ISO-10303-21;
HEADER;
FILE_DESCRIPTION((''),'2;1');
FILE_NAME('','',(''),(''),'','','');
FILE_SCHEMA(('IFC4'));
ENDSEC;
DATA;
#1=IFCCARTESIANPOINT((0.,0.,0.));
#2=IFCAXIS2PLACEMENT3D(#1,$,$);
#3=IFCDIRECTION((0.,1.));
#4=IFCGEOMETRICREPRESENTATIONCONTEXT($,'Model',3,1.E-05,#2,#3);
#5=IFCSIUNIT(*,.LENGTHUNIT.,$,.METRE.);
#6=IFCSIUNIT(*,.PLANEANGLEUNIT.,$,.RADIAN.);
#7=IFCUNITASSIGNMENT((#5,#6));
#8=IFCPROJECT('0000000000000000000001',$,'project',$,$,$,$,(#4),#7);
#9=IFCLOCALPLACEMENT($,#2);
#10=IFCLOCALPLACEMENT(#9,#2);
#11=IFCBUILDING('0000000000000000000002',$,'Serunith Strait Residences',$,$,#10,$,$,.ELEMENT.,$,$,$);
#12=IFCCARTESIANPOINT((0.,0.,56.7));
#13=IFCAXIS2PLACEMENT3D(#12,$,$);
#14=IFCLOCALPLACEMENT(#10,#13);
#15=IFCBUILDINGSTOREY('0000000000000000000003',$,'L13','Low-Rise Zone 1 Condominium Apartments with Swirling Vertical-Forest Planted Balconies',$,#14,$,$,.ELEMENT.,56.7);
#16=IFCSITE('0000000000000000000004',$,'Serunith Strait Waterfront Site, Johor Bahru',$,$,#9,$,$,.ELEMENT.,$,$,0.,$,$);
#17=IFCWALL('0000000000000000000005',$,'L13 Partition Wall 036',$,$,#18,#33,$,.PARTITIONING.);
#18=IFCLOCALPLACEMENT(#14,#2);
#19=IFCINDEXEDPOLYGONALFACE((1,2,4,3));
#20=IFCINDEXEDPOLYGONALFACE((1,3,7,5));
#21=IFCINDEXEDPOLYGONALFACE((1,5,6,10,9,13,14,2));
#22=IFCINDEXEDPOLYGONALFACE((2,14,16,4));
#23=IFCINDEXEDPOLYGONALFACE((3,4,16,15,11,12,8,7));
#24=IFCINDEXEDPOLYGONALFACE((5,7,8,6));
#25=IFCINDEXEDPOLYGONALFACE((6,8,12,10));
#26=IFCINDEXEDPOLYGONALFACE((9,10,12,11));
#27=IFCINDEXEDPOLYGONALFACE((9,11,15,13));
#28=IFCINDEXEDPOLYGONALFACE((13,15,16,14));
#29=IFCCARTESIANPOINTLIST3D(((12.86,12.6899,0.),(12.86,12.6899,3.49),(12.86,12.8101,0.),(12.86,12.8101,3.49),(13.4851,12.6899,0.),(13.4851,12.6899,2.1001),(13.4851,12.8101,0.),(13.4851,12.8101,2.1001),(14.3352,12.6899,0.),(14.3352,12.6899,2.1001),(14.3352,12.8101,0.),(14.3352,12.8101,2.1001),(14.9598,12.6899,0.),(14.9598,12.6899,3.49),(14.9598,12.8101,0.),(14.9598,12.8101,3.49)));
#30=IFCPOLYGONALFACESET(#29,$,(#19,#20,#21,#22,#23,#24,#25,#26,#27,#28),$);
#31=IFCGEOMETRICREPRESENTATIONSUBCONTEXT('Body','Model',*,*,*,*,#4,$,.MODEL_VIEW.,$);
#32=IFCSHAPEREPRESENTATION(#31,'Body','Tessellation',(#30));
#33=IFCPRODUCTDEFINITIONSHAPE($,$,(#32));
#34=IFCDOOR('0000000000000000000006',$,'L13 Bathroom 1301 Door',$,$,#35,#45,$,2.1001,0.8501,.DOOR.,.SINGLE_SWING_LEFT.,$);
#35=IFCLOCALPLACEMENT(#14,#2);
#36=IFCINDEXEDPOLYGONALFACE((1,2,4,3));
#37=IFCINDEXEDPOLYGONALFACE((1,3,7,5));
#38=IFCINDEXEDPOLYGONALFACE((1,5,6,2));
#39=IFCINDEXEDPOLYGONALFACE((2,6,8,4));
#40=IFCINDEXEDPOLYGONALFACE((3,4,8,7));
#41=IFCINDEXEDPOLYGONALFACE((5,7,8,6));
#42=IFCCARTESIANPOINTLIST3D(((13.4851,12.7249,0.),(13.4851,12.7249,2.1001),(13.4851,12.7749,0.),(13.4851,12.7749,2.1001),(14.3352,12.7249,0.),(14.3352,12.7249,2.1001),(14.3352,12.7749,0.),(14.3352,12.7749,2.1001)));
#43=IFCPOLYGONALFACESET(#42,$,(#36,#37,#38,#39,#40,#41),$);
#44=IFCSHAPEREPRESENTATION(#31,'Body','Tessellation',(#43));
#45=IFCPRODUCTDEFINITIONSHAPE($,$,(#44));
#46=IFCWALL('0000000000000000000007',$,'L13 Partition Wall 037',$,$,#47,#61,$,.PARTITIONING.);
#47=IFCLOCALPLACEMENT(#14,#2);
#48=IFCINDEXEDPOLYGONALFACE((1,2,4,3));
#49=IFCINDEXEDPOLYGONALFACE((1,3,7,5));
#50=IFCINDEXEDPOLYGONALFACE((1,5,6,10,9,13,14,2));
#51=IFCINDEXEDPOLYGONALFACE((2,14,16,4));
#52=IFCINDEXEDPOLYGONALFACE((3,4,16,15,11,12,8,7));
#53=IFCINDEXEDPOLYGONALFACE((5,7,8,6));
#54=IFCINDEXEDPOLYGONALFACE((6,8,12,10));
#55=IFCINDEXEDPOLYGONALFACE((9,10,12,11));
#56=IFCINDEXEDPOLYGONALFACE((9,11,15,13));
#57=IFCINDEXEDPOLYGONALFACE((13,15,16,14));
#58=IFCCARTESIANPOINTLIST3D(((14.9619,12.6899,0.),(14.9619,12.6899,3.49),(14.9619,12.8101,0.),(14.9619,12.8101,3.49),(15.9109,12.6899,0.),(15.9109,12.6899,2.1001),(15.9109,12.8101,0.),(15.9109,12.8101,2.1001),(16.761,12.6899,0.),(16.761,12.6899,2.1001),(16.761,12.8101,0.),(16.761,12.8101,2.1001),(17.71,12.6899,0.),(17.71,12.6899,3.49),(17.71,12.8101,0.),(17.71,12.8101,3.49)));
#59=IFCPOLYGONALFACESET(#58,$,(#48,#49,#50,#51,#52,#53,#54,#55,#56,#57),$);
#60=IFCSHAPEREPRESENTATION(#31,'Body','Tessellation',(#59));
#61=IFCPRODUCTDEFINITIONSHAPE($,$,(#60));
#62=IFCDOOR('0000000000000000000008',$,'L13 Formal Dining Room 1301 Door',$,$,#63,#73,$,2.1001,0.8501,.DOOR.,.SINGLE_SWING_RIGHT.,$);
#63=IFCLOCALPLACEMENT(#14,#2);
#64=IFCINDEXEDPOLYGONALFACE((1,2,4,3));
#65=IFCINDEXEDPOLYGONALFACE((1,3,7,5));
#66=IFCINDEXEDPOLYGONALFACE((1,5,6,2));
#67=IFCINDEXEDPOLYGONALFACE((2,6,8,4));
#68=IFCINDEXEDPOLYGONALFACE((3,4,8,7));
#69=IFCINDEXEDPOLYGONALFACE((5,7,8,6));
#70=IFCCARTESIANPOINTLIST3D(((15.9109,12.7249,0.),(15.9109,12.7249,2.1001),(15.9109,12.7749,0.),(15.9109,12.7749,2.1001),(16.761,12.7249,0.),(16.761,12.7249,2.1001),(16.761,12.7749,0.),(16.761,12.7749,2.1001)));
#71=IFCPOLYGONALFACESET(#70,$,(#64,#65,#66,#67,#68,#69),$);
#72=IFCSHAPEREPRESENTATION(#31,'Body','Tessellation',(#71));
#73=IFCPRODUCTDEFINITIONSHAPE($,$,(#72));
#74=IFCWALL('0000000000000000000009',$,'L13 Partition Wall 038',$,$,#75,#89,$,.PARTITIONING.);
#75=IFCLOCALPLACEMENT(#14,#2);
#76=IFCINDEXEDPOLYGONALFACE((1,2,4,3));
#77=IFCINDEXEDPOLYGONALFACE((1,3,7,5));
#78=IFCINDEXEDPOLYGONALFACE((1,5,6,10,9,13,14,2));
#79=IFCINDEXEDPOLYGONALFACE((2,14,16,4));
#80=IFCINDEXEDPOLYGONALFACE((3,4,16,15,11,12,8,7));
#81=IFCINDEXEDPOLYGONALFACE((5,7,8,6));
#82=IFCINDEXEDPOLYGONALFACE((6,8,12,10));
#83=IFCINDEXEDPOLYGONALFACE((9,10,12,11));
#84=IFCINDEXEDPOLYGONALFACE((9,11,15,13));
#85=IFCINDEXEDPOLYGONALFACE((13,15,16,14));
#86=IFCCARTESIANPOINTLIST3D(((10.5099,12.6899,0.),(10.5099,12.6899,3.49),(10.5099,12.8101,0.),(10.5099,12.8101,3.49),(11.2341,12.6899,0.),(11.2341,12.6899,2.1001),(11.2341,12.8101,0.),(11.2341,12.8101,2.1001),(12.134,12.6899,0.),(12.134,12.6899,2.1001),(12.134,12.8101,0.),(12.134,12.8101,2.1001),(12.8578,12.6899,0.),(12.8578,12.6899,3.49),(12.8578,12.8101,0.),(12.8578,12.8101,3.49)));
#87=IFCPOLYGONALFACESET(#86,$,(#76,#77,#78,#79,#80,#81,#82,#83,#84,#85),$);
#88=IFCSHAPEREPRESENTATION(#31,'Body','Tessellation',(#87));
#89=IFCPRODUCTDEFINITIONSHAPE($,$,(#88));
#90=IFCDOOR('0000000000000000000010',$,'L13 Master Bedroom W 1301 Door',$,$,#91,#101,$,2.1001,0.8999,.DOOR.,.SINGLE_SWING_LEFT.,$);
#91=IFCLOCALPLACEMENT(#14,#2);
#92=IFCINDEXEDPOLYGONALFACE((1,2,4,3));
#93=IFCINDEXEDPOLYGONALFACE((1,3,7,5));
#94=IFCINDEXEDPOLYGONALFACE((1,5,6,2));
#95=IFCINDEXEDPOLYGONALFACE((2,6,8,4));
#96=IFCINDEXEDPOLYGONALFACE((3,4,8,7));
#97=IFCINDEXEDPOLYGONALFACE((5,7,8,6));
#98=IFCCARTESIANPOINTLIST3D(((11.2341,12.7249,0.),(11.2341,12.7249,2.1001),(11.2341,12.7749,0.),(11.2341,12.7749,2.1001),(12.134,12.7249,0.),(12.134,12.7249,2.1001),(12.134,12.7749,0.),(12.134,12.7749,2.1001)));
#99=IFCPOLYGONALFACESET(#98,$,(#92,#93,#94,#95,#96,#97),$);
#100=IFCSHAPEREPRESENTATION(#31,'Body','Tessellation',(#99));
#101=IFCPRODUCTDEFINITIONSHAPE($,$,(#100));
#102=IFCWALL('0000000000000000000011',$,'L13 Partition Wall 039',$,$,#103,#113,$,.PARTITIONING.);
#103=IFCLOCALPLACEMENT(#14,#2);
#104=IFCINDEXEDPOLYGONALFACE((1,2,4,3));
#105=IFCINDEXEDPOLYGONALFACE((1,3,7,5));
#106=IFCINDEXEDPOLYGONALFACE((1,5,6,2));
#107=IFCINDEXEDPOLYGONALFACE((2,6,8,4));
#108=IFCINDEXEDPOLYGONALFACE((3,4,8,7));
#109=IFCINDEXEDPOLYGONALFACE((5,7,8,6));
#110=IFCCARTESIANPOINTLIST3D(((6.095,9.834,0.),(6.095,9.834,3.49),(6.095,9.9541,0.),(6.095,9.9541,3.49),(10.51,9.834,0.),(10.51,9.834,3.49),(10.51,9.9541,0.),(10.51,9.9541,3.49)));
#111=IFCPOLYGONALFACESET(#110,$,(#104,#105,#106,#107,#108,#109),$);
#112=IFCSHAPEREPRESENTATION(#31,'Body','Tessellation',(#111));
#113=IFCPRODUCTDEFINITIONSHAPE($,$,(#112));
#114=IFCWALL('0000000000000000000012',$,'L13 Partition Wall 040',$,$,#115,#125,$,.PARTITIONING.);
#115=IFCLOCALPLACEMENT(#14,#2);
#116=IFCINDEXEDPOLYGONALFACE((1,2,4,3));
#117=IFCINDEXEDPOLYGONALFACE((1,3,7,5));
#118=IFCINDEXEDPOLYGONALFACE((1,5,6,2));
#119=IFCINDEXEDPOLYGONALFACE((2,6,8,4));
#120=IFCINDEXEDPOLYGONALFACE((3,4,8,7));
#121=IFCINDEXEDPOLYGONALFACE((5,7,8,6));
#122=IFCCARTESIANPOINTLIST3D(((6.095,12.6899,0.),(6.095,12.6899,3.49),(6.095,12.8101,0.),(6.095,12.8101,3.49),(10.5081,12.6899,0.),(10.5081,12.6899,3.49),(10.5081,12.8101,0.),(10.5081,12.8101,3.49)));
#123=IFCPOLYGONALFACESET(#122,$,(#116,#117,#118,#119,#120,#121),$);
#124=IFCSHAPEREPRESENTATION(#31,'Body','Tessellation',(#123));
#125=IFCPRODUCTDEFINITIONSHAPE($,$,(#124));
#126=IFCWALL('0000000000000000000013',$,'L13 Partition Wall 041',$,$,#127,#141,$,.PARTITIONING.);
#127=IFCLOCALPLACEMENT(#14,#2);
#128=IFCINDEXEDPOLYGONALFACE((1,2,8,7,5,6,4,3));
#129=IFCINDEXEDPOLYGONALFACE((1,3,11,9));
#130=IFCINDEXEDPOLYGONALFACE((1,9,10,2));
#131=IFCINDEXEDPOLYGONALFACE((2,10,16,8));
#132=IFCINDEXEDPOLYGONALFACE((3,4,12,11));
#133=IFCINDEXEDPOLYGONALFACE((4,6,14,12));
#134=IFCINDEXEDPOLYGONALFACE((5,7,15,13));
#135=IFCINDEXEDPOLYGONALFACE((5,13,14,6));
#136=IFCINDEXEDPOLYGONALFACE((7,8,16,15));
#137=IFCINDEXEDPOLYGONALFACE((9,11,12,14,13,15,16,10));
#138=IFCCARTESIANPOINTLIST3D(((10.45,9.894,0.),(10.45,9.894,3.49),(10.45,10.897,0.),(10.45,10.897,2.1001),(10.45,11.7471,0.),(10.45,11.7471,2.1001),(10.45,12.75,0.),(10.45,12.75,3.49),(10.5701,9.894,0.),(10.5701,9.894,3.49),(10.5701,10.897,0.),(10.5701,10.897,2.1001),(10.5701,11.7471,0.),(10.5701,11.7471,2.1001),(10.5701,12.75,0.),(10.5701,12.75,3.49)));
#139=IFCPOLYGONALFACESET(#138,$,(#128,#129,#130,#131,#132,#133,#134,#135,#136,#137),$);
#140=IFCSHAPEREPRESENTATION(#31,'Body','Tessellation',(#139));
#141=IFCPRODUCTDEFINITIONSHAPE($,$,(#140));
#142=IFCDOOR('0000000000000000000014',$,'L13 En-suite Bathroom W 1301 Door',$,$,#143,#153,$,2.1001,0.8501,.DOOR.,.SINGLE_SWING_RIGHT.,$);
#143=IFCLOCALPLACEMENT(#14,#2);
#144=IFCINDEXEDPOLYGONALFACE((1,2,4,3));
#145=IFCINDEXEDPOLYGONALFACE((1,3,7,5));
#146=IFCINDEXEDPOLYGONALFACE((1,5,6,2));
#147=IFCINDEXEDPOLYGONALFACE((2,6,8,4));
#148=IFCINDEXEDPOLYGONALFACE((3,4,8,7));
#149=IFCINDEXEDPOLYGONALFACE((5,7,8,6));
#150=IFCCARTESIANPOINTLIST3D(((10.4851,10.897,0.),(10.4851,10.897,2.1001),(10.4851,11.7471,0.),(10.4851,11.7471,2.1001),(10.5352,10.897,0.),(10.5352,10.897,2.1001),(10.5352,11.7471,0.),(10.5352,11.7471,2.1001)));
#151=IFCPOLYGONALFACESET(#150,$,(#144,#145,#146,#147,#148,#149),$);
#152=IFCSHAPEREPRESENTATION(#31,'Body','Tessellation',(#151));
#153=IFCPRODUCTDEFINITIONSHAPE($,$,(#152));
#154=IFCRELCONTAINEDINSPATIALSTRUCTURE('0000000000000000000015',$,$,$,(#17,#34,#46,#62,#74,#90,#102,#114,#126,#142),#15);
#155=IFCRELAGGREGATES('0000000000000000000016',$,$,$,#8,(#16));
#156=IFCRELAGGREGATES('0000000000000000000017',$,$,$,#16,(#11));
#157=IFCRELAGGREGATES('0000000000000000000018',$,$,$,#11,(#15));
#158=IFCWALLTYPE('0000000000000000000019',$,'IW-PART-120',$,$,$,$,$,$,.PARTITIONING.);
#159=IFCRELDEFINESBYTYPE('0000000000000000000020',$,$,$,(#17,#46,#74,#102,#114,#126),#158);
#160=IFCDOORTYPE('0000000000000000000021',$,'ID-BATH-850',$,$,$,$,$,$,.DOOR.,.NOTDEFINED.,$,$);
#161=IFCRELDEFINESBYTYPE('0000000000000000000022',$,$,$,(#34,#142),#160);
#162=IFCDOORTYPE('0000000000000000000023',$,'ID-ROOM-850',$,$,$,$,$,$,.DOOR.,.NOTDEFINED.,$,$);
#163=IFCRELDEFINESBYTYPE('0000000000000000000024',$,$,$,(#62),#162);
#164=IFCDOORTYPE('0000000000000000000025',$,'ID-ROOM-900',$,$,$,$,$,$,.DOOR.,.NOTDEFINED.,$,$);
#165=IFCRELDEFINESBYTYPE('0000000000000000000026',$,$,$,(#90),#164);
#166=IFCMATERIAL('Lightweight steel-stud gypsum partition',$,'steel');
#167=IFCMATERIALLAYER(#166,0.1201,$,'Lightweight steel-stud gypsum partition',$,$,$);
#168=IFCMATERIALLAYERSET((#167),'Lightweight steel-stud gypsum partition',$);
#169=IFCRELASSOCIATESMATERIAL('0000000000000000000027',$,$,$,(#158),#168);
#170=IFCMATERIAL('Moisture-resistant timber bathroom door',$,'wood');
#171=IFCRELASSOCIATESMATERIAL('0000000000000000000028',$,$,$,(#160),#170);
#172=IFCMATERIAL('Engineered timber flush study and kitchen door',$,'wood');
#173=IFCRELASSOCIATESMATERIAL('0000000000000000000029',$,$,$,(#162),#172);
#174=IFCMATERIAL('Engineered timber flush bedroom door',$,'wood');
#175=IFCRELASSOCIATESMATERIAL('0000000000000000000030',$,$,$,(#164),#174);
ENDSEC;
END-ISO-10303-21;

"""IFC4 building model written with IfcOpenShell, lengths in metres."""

from ifc_helpers import new_model, si_unit, direction, frame, frame_2d, origin, place, context, subcontext, project, spatial, rectangle, extrude, source, transform, mapped, material, layer, layer_set, type_object, element, fill, save


model = new_model("IFC4")

# Units and contexts
model_context = context("Model", 3, precision=1e-05, world=origin(), true_north=direction((0.0, 1.0)))
body_context = subcontext(model_context, "Body", "Model", "MODEL_VIEW")
ifc_project = project(units=[si_unit("LENGTHUNIT", "METRE"), si_unit("PLANEANGLEUNIT", "RADIAN")], contexts=[model_context])

# Site, building, storey
site_placement = place(None, origin())
site = spatial("IfcSite", under=ifc_project, at=site_placement, Name="Serunith Strait Waterfront Site, Johor Bahru", CompositionType="ELEMENT", RefElevation=0.0)
building_placement = place(site_placement, origin())
building = spatial("IfcBuilding", under=site, at=building_placement, Name="Serunith Strait Residences", CompositionType="ELEMENT")
storey_placement = place(building_placement, frame((0.0, 0.0, 56.7)))
storey = spatial("IfcBuildingStorey", under=building, at=storey_placement, Name="L13", Description="Low-Rise Zone 1 Condominium Apartments with Swirling Vertical-Forest Planted Balconies", CompositionType="ELEMENT", Elevation=56.7)

# Walls, openings, doors
ifc_material_1 = material(Name="Lightweight steel-stud gypsum partition", Category="steel")
ifc_layer_1 = layer(ifc_material_1, 0.1201, Name="Lightweight steel-stud gypsum partition")
ifc_layer_set_1 = layer_set([ifc_layer_1], Name="Lightweight steel-stud gypsum partition")
wall_type_1 = type_object("IfcWallType", Name="IW-PART-120", PredefinedType="PARTITIONING", material=ifc_layer_set_1)
wall_1_placement = place(storey_placement, frame((12.8601, 12.75, 0.0), z_axis=(0.0, 0.0, 1.0), x_axis=(1.0, 0.0, 0.0)))
wall_1 = element("IfcWall", 1, at=wall_1_placement, inside=storey, type_object=wall_type_1, Name="L13 Partition Wall 036", PredefinedType="PARTITIONING", context=body_context, shape_type="SweptSolid", body=[
    extrude(rectangle(XDim=2.0999, YDim=0.1201, at=frame_2d((1.0498, 0.0))), origin(), (0.0, 0.0, 1.0), 3.49),
])
opening_1_placement = place(wall_1_placement, frame((0.625, 0.0, 0.0)))
opening_1 = element("IfcOpeningElement", 2, at=opening_1_placement, cuts=wall_1, PredefinedType="OPENING", context=body_context, shape_type="SweptSolid", body=[
    extrude(rectangle(XDim=0.8501, YDim=2.1001, at=frame_2d((0.425, 1.05))), frame((0.0, 0.0701, 0.0), z_axis=(0.0, -1.0, 0.0), x_axis=(1.0, 0.0, 0.0)), (0.0, 0.0, 1.0), 0.1401),
])
ifc_material_2 = material(Name="Moisture-resistant timber bathroom door", Category="wood")
door_type_1 = type_object("IfcDoorType", Name="ID-BATH-850", OperationType="NOTDEFINED", PredefinedType="DOOR", material=ifc_material_2)
shared_shape_1 = source(origin(), body_context, "Body", "SweptSolid", [
    extrude(rectangle(XDim=0.8501, YDim=2.1001, at=frame_2d((0.425, 1.05))), frame((0.0, 0.0249, 0.0), z_axis=(0.0, -1.0, 0.0), x_axis=(1.0, 0.0, 0.0)), (0.0, 0.0, 1.0), 0.05),
])
door_1_placement = place(opening_1_placement, origin())
door_1 = element("IfcDoor", 3, at=door_1_placement, inside=storey, type_object=door_type_1, Name="L13 Bathroom 1301 Door", OperationType="SINGLE_SWING_LEFT", OverallHeight=2.1001, OverallWidth=0.8501, PredefinedType="DOOR", context=body_context, shape_type="MappedRepresentation", body=[
    mapped(shared_shape_1, transform((0.0, 0.0, 0.0), scale=1.0)),
])
fill(opening_1, door_1)
wall_2_placement = place(storey_placement, frame((14.9619, 12.75, 0.0), z_axis=(0.0, 0.0, 1.0), x_axis=(1.0, 0.0, 0.0)))
wall_2 = element("IfcWall", 4, at=wall_2_placement, inside=storey, type_object=wall_type_1, Name="L13 Partition Wall 037", PredefinedType="PARTITIONING", context=body_context, shape_type="SweptSolid", body=[
    extrude(rectangle(XDim=2.748, YDim=0.1201, at=frame_2d((1.374, 0.0))), origin(), (0.0, 0.0, 1.0), 3.49),
])
opening_2_placement = place(wall_2_placement, frame((0.949, 0.0, 0.0)))
opening_2 = element("IfcOpeningElement", 5, at=opening_2_placement, cuts=wall_2, PredefinedType="OPENING", context=body_context, shape_type="SweptSolid", body=[
    extrude(rectangle(XDim=0.8501, YDim=2.1001, at=frame_2d((0.425, 1.05))), frame((0.0, 0.0701, 0.0), z_axis=(0.0, -1.0, 0.0), x_axis=(1.0, 0.0, 0.0)), (0.0, 0.0, 1.0), 0.1401),
])
ifc_material_3 = material(Name="Engineered timber flush study and kitchen door", Category="wood")
door_type_2 = type_object("IfcDoorType", Name="ID-ROOM-850", OperationType="NOTDEFINED", PredefinedType="DOOR", material=ifc_material_3)
door_2_placement = place(opening_2_placement, origin())
door_2 = element("IfcDoor", 6, at=door_2_placement, inside=storey, type_object=door_type_2, Name="L13 Formal Dining Room 1301 Door", OperationType="SINGLE_SWING_RIGHT", OverallHeight=2.1001, OverallWidth=0.8501, PredefinedType="DOOR", context=body_context, shape_type="MappedRepresentation", body=[
    mapped(shared_shape_1, transform((0.0, 0.0, 0.0), scale=1.0)),
])
fill(opening_2, door_2)
wall_3_placement = place(storey_placement, frame((10.51, 12.75, 0.0), z_axis=(0.0, 0.0, 1.0), x_axis=(1.0, 0.0, 0.0)))
wall_3 = element("IfcWall", 7, at=wall_3_placement, inside=storey, type_object=wall_type_1, Name="L13 Partition Wall 038", PredefinedType="PARTITIONING", context=body_context, shape_type="SweptSolid", body=[
    extrude(rectangle(XDim=2.3479, YDim=0.1201, at=frame_2d((1.1738, 0.0))), origin(), (0.0, 0.0, 1.0), 3.49),
])
opening_3_placement = place(wall_3_placement, frame((0.7241, 0.0, 0.0)))
opening_3 = element("IfcOpeningElement", 8, at=opening_3_placement, cuts=wall_3, PredefinedType="OPENING", context=body_context, shape_type="SweptSolid", body=[
    extrude(rectangle(XDim=0.8999, YDim=2.1001, at=frame_2d((0.45, 1.05))), frame((0.0, 0.0701, 0.0), z_axis=(0.0, -1.0, 0.0), x_axis=(1.0, 0.0, 0.0)), (0.0, 0.0, 1.0), 0.1401),
])
ifc_material_4 = material(Name="Engineered timber flush bedroom door", Category="wood")
door_type_3 = type_object("IfcDoorType", Name="ID-ROOM-900", OperationType="NOTDEFINED", PredefinedType="DOOR", material=ifc_material_4)
shared_shape_2 = source(origin(), body_context, "Body", "SweptSolid", [
    extrude(rectangle(XDim=0.8999, YDim=2.1001, at=frame_2d((0.45, 1.05))), frame((0.0, 0.0249, 0.0), z_axis=(0.0, -1.0, 0.0), x_axis=(1.0, 0.0, 0.0)), (0.0, 0.0, 1.0), 0.05),
])
door_3_placement = place(opening_3_placement, origin())
door_3 = element("IfcDoor", 9, at=door_3_placement, inside=storey, type_object=door_type_3, Name="L13 Master Bedroom W 1301 Door", OperationType="SINGLE_SWING_LEFT", OverallHeight=2.1001, OverallWidth=0.8999, PredefinedType="DOOR", context=body_context, shape_type="MappedRepresentation", body=[
    mapped(shared_shape_2, transform((0.0, 0.0, 0.0), scale=1.0)),
])
fill(opening_3, door_3)

# Walls
wall_4_placement = place(storey_placement, frame((6.095, 9.894, 0.0), z_axis=(0.0, 0.0, 1.0), x_axis=(1.0, 0.0, 0.0)))
element("IfcWall", 10, at=wall_4_placement, inside=storey, type_object=wall_type_1, Name="L13 Partition Wall 039", PredefinedType="PARTITIONING", context=body_context, shape_type="SweptSolid", body=[
    extrude(rectangle(XDim=4.415, YDim=0.1201, at=frame_2d((2.2075, 0.0))), origin(), (0.0, 0.0, 1.0), 3.49),
])
wall_5_placement = place(storey_placement, frame((6.095, 12.75, 0.0), z_axis=(0.0, 0.0, 1.0), x_axis=(1.0, 0.0, 0.0)))
element("IfcWall", 11, at=wall_5_placement, inside=storey, type_object=wall_type_1, Name="L13 Partition Wall 040", PredefinedType="PARTITIONING", context=body_context, shape_type="SweptSolid", body=[
    extrude(rectangle(XDim=4.4131, YDim=0.1201, at=frame_2d((2.2065, 0.0))), origin(), (0.0, 0.0, 1.0), 3.49),
])

# Wall, opening, door
wall_6_placement = place(storey_placement, frame((10.51, 9.894, 0.0), z_axis=(0.0, 0.0, 1.0), x_axis=(0.0, 1.0, 0.0)))
wall_6 = element("IfcWall", 12, at=wall_6_placement, inside=storey, type_object=wall_type_1, Name="L13 Partition Wall 041", PredefinedType="PARTITIONING", context=body_context, shape_type="SweptSolid", body=[
    extrude(rectangle(XDim=2.856, YDim=0.1201, at=frame_2d((1.428, 0.0))), origin(), (0.0, 0.0, 1.0), 3.49),
])
opening_4_placement = place(wall_6_placement, frame((1.0029, 0.0, 0.0)))
opening_4 = element("IfcOpeningElement", 13, at=opening_4_placement, cuts=wall_6, PredefinedType="OPENING", context=body_context, shape_type="SweptSolid", body=[
    extrude(rectangle(XDim=0.8501, YDim=2.1001, at=frame_2d((0.425, 1.05))), frame((0.0, 0.0701, 0.0), z_axis=(0.0, -1.0, 0.0), x_axis=(1.0, 0.0, 0.0)), (0.0, 0.0, 1.0), 0.1401),
])
door_4_placement = place(opening_4_placement, origin())
door_4 = element("IfcDoor", 14, at=door_4_placement, inside=storey, type_object=door_type_1, Name="L13 En-suite Bathroom W 1301 Door", OperationType="SINGLE_SWING_RIGHT", OverallHeight=2.1001, OverallWidth=0.8501, PredefinedType="DOOR", context=body_context, shape_type="MappedRepresentation", body=[
    mapped(shared_shape_1, transform((0.0, 0.0, 0.0), scale=1.0)),
])
fill(opening_4, door_4)

save(model, "model.ifc")
